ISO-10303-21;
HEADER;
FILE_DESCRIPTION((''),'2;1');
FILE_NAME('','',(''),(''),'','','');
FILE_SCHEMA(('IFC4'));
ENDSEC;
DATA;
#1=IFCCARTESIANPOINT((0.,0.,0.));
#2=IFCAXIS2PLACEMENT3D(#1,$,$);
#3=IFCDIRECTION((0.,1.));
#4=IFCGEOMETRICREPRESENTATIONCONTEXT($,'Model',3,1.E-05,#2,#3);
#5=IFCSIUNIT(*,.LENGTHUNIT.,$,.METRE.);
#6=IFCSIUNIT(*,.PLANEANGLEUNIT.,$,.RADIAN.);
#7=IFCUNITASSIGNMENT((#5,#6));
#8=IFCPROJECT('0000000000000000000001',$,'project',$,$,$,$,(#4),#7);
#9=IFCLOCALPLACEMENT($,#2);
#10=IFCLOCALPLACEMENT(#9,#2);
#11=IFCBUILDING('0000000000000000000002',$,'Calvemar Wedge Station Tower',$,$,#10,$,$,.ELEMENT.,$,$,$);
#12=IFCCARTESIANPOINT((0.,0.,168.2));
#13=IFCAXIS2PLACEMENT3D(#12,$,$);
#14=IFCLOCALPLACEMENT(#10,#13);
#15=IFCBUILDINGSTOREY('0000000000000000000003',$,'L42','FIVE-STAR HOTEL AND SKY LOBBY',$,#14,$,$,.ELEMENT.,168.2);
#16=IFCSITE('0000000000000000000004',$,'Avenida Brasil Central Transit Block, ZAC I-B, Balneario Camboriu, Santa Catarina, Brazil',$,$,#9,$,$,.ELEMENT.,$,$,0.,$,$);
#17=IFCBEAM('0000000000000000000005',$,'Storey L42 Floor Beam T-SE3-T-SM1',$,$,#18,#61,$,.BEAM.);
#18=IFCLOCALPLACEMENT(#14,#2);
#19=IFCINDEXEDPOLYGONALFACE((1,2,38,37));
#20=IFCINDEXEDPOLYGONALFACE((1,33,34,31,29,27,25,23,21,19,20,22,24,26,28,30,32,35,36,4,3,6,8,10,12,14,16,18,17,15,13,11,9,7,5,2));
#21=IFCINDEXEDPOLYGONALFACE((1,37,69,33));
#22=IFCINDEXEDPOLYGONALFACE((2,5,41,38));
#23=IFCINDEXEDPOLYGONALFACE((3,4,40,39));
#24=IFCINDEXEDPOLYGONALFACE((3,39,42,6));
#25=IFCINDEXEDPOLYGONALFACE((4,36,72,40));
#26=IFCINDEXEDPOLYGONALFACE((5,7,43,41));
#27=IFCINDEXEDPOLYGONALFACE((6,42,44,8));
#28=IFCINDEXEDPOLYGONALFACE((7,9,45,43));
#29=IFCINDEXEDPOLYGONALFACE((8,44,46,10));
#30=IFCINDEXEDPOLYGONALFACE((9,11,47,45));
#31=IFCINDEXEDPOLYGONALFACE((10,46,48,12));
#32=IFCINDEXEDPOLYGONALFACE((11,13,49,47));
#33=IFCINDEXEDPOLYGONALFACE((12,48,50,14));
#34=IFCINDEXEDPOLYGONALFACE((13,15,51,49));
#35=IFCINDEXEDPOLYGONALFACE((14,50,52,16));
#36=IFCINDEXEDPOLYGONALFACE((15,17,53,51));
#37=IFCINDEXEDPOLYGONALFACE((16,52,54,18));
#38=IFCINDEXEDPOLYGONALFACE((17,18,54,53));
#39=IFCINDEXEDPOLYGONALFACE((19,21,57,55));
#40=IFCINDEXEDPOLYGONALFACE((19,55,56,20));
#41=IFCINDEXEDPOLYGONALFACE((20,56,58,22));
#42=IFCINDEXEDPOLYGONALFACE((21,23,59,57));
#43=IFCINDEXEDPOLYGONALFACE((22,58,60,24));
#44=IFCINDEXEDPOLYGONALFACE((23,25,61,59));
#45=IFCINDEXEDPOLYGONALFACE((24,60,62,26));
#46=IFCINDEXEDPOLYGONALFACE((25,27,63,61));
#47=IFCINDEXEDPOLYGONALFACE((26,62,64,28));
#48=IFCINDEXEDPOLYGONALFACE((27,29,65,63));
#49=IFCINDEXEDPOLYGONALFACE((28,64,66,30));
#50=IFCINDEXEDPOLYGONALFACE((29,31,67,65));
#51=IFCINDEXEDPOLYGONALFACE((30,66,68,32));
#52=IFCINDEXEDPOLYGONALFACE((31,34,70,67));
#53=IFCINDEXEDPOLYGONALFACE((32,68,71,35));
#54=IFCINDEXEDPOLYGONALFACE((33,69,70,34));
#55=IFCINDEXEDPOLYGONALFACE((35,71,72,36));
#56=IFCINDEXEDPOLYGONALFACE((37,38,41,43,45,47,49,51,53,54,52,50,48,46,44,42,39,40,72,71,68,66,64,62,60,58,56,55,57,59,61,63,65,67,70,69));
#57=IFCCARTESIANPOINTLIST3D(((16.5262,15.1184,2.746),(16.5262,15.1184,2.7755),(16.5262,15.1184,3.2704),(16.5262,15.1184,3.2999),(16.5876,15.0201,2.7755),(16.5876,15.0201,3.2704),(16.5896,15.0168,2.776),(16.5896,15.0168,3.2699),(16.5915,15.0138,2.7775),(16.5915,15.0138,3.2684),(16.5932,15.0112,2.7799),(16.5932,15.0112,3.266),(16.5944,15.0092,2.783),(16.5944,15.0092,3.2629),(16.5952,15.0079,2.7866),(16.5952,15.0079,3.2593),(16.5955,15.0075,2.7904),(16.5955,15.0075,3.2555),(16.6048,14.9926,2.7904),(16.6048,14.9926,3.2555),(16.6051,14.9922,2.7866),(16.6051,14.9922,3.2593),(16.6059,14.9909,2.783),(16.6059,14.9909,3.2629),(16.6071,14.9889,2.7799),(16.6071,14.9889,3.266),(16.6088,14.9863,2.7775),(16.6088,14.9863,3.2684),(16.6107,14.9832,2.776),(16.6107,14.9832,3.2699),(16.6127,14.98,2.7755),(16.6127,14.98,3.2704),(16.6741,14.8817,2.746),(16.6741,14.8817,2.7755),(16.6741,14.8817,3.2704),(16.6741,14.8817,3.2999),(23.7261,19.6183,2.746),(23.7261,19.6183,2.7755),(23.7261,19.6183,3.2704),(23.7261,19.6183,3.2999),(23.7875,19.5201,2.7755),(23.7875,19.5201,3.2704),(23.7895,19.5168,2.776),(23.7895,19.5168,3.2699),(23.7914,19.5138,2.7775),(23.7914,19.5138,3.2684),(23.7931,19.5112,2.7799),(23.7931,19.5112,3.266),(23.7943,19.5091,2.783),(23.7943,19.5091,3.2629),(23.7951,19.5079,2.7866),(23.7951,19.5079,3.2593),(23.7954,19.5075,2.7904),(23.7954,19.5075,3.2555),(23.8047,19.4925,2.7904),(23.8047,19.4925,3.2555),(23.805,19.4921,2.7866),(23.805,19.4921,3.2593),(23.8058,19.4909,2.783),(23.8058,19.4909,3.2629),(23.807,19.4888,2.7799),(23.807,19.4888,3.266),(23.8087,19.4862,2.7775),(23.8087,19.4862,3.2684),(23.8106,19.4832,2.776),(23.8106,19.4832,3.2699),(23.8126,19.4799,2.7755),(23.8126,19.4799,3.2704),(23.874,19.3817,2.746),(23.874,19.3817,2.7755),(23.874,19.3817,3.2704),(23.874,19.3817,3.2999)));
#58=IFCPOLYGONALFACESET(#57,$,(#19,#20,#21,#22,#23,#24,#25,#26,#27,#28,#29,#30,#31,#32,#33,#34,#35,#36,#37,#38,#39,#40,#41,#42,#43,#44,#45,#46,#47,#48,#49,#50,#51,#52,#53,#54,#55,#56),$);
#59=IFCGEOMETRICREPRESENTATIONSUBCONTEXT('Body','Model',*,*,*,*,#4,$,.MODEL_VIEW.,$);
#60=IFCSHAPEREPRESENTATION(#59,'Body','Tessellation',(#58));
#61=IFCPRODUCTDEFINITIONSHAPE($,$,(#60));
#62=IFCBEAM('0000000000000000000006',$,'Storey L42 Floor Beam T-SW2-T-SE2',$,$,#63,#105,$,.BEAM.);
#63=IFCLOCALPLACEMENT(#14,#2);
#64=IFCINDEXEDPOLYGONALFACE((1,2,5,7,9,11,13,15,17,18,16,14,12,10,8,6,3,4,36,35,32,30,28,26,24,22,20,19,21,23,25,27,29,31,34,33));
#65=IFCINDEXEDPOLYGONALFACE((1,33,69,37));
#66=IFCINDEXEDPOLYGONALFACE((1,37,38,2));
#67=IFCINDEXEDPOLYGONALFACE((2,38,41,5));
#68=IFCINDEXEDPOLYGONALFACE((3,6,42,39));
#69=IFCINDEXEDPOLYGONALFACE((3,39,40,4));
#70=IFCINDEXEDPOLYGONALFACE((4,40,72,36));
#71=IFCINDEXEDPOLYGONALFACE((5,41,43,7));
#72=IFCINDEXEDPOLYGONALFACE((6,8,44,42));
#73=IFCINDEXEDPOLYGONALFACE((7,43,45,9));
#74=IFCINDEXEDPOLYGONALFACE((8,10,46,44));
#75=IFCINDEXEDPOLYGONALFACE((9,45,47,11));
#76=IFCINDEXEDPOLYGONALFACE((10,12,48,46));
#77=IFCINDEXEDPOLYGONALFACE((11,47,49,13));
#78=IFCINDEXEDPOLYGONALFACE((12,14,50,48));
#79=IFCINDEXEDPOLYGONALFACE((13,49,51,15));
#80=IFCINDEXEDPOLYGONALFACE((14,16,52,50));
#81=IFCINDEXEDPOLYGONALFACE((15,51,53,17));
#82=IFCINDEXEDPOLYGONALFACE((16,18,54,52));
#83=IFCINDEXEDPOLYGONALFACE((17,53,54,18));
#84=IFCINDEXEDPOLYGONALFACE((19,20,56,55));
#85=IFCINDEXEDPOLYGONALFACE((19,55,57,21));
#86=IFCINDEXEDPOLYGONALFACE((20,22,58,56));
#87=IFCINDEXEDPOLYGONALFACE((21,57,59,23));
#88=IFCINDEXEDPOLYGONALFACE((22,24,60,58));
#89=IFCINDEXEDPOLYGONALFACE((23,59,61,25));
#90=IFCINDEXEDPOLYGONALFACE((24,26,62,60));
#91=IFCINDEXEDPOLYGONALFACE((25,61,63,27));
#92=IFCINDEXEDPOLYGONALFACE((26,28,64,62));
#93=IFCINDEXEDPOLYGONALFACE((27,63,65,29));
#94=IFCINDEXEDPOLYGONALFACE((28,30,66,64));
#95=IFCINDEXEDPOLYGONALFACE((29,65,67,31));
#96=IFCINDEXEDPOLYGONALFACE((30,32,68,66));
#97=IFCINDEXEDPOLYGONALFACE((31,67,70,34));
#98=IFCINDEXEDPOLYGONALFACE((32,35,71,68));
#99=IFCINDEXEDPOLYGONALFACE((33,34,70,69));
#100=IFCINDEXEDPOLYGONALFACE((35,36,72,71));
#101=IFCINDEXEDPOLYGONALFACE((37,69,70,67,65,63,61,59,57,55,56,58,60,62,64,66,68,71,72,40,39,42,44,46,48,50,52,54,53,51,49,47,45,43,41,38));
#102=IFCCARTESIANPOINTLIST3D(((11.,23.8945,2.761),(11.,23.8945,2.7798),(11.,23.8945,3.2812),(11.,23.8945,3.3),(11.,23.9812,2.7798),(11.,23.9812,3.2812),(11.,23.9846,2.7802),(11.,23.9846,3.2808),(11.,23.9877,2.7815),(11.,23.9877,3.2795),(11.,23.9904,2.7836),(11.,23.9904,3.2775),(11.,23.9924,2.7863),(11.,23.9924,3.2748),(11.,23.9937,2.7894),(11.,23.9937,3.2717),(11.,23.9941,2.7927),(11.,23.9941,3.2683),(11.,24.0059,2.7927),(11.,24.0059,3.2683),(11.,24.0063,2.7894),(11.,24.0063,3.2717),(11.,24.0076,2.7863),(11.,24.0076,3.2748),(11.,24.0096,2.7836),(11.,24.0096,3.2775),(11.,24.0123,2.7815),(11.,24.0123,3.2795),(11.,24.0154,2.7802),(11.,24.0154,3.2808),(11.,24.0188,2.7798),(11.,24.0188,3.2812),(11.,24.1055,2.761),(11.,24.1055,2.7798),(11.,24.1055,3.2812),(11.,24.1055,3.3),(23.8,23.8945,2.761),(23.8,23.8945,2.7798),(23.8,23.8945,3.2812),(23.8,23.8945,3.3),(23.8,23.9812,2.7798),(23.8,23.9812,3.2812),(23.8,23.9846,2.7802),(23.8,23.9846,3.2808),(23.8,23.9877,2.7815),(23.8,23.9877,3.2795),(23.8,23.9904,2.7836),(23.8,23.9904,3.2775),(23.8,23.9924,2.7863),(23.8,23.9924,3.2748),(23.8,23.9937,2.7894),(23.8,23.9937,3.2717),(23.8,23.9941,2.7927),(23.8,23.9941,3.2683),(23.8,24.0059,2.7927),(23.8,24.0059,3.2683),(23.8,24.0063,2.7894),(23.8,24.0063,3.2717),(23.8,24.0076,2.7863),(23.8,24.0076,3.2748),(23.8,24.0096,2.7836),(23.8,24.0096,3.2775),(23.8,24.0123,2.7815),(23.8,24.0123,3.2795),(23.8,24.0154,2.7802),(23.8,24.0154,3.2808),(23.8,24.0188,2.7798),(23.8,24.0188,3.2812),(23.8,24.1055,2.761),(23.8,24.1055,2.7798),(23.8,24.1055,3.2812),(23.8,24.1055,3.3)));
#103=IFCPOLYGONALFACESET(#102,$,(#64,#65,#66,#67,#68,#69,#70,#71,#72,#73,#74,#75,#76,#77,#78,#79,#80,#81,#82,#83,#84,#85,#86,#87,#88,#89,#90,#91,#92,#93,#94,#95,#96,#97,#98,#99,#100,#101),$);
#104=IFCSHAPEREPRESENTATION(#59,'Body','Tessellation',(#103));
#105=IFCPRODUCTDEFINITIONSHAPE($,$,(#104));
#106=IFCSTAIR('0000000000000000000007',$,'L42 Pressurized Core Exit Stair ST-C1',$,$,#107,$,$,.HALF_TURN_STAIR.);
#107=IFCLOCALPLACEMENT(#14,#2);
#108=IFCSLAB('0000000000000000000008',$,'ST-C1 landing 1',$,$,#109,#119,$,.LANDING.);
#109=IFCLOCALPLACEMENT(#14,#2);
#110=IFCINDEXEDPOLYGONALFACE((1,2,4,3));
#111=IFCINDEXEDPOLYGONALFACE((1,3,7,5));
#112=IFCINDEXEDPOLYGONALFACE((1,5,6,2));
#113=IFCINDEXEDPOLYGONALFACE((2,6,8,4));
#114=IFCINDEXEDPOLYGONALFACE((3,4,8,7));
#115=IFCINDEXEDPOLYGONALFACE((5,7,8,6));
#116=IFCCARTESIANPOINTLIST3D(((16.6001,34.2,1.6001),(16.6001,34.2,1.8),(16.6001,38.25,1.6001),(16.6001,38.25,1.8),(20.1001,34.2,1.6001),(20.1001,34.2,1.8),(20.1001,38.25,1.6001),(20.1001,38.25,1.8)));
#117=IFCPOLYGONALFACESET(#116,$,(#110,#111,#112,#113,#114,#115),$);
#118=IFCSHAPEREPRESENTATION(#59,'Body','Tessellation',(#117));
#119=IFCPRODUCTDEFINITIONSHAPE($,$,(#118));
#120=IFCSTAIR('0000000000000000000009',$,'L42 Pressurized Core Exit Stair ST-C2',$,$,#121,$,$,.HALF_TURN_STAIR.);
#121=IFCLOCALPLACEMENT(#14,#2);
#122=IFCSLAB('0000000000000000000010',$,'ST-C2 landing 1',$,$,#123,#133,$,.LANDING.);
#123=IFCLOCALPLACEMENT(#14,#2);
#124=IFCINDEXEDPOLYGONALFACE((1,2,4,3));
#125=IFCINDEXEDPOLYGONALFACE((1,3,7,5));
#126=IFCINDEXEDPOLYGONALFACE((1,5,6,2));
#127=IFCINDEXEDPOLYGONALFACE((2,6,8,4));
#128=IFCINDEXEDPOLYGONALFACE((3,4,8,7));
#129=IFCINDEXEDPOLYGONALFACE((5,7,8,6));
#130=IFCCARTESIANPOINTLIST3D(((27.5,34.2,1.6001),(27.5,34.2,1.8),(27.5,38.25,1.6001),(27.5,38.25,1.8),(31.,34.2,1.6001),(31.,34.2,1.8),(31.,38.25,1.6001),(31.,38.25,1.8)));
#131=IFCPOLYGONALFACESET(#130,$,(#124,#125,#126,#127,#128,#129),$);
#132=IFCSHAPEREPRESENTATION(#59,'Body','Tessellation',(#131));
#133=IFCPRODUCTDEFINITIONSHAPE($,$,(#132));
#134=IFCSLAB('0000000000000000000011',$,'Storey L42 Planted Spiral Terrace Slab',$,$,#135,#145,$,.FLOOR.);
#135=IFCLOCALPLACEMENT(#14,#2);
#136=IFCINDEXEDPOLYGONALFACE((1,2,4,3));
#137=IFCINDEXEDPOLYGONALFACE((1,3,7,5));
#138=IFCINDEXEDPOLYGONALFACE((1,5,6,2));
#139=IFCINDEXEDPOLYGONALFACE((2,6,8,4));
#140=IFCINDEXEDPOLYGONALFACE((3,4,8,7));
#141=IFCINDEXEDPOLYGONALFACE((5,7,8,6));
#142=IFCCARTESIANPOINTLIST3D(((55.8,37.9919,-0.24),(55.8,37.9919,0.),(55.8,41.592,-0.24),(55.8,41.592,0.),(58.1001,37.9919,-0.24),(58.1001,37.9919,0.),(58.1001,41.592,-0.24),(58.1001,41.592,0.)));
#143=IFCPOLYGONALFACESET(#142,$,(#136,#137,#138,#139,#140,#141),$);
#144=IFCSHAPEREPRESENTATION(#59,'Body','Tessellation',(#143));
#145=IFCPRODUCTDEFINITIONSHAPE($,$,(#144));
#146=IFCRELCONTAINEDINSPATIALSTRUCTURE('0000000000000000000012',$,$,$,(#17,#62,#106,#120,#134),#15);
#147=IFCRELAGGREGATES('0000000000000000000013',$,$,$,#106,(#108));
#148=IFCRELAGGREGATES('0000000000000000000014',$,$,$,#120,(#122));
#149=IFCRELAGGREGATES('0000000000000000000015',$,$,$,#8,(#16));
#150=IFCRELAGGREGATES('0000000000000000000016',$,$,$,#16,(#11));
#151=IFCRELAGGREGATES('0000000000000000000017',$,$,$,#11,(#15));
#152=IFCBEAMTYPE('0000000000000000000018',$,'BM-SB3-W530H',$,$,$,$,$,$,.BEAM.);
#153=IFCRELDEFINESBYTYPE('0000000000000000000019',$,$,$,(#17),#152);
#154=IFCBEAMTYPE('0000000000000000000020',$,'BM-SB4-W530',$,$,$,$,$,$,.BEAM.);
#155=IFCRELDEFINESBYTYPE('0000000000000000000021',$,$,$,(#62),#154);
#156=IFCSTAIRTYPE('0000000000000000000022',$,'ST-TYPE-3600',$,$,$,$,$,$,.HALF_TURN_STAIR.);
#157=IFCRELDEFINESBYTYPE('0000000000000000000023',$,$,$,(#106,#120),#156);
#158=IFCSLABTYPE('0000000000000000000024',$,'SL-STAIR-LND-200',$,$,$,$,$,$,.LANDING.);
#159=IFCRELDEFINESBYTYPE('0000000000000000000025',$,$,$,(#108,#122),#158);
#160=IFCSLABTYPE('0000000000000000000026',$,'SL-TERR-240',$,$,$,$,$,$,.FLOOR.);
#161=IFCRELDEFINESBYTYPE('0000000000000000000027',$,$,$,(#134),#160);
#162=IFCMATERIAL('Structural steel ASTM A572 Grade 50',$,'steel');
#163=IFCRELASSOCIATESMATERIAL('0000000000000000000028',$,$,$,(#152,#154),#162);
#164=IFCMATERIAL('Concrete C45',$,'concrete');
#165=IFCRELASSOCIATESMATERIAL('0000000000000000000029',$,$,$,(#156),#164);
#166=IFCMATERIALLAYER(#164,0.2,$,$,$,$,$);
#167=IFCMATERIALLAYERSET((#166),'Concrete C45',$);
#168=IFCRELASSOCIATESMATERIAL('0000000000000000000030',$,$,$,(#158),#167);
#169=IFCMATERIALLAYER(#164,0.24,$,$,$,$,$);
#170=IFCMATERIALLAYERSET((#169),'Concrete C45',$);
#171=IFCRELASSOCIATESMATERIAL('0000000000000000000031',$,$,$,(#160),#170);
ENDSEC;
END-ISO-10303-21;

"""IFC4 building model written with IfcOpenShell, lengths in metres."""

from ifc_helpers import new_model, si_unit, direction, frame, origin, origin_2d, place, context, subcontext, project, spatial, polyline, i_section, outline, extrude, source, transform, mapped, material, layer, layer_set, material_profile, profile_set, type_object, element, aggregate, save


model = new_model("IFC4")

# Units and contexts
model_context = context("Model", 3, precision=1e-05, world=origin(), true_north=direction((0.0, 1.0)))
body_context = subcontext(model_context, "Body", "Model", "MODEL_VIEW")
ifc_project = project(units=[si_unit("LENGTHUNIT", "METRE"), si_unit("PLANEANGLEUNIT", "RADIAN")], contexts=[model_context])

# Site, building, storey
site_placement = place(None, origin())
site = spatial("IfcSite", under=ifc_project, at=site_placement, Name="Avenida Brasil Central Transit Block, ZAC I-B, Balneario Camboriu, Santa Catarina, Brazil", CompositionType="ELEMENT", RefElevation=0.0)
building_placement = place(site_placement, origin())
building = spatial("IfcBuilding", under=site, at=building_placement, Name="Calvemar Wedge Station Tower", CompositionType="ELEMENT")
storey_placement = place(building_placement, frame((0.0, 0.0, 168.2)))
storey = spatial("IfcBuildingStorey", under=building, at=storey_placement, Name="L42", Description="FIVE-STAR HOTEL AND SKY LOBBY", CompositionType="ELEMENT", Elevation=168.2)

# Beams
ifc_material_1 = material(Name="Structural steel ASTM A572 Grade 50", Category="steel")
ifc_material_profile_1 = material_profile(ifc_material_1, i_section(OverallWidth=0.2791, OverallDepth=0.554, WebThickness=0.0176, FlangeThickness=0.0295, FilletRadius=0.0149, at=origin_2d()), Name="W530x196")
ifc_profile_set_1 = profile_set([ifc_material_profile_1], Name="Structural steel ASTM A572 Grade 50")
beam_type_1 = type_object("IfcBeamType", Name="BM-SB3-W530H", PredefinedType="BEAM", material=ifc_profile_set_1)
shared_shape_1 = source(origin(), body_context, "Body", "SweptSolid", [
    extrude(i_section(OverallWidth=0.2791, OverallDepth=0.554, WebThickness=0.0176, FlangeThickness=0.0295, FilletRadius=0.0149, at=origin_2d()), origin(), (0.0, 0.0, 1.0), 8.4905),
])
beam_1_placement = place(storey_placement, frame((23.8, 19.5, 3.0229), z_axis=(-0.847997, -0.530002, 0.0), x_axis=(0.530002, -0.847997, 0.0)))
element("IfcBeam", 1, at=beam_1_placement, inside=storey, type_object=beam_type_1, Name="Storey L42 Floor Beam T-SE3-T-SM1", PredefinedType="BEAM", context=body_context, shape_type="MappedRepresentation", body=[
    mapped(shared_shape_1, transform((0.0, 0.0, 0.0), scale=1.0)),
])
ifc_material_profile_2 = material_profile(ifc_material_1, i_section(OverallWidth=0.2109, OverallDepth=0.5391, WebThickness=0.0117, FlangeThickness=0.0188, FilletRadius=0.0129, at=origin_2d()), Name="W530x109")
ifc_profile_set_2 = profile_set([ifc_material_profile_2], Name="Structural steel ASTM A572 Grade 50")
beam_type_2 = type_object("IfcBeamType", Name="BM-SB4-W530", PredefinedType="BEAM", material=ifc_profile_set_2)
shared_shape_2 = source(origin(), body_context, "Body", "SweptSolid", [
    extrude(i_section(OverallWidth=0.2109, OverallDepth=0.5391, WebThickness=0.0117, FlangeThickness=0.0188, FilletRadius=0.0129, at=origin_2d()), origin(), (0.0, 0.0, 1.0), 12.8),
])
beam_2_placement = place(storey_placement, frame((11.0, 24.0, 3.0305), z_axis=(1.0, 0.0, 0.0), x_axis=(0.0, 1.0, 0.0)))
element("IfcBeam", 2, at=beam_2_placement, inside=storey, type_object=beam_type_2, Name="Storey L42 Floor Beam T-SW2-T-SE2", PredefinedType="BEAM", context=body_context, shape_type="MappedRepresentation", body=[
    mapped(shared_shape_2, transform((0.0, 0.0, 0.0), scale=1.0)),
])

# Stairs, slabs
ifc_material_2 = material(Name="Concrete C45", Category="concrete")
stair_type = type_object("IfcStairType", Name="ST-TYPE-3600", PredefinedType="HALF_TURN_STAIR", material=ifc_material_2)
stair_1_placement = place(storey_placement, origin())
stair_1 = element("IfcStair", 3, at=stair_1_placement, inside=storey, type_object=stair_type, Name="L42 Pressurized Core Exit Stair ST-C1", PredefinedType="HALF_TURN_STAIR")
ifc_layer_1 = layer(ifc_material_2, 0.2)
ifc_layer_set_1 = layer_set([ifc_layer_1], Name="Concrete C45")
slab_type_1 = type_object("IfcSlabType", Name="SL-STAIR-LND-200", PredefinedType="LANDING", material=ifc_layer_set_1)
slab_1_placement = place(storey_placement, frame((0.0, 0.0, 1.6001)))
slab_1 = element("IfcSlab", 4, at=slab_1_placement, type_object=slab_type_1, Name="ST-C1 landing 1", PredefinedType="LANDING", context=body_context, shape_type="SweptSolid", body=[
    extrude(outline(polyline([(16.6001, 38.25), (16.6001, 34.2), (20.1001, 34.2), (20.1001, 38.25), (16.6001, 38.25)])), origin(), (0.0, 0.0, 1.0), 0.2),
])
aggregate(stair_1, [slab_1])
stair_2_placement = place(storey_placement, origin())
stair_2 = element("IfcStair", 5, at=stair_2_placement, inside=storey, type_object=stair_type, Name="L42 Pressurized Core Exit Stair ST-C2", PredefinedType="HALF_TURN_STAIR")
slab_2_placement = place(storey_placement, frame((0.0, 0.0, 1.6001)))
slab_2 = element("IfcSlab", 6, at=slab_2_placement, type_object=slab_type_1, Name="ST-C2 landing 1", PredefinedType="LANDING", context=body_context, shape_type="SweptSolid", body=[
    extrude(outline(polyline([(27.5, 38.25), (27.5, 34.2), (31.0, 34.2), (31.0, 38.25), (27.5, 38.25)])), origin(), (0.0, 0.0, 1.0), 0.2),
])
aggregate(stair_2, [slab_2])

# Slab
ifc_layer_2 = layer(ifc_material_2, 0.24)
ifc_layer_set_2 = layer_set([ifc_layer_2], Name="Concrete C45")
slab_type_2 = type_object("IfcSlabType", Name="SL-TERR-240", PredefinedType="FLOOR", material=ifc_layer_set_2)
slab_3_placement = place(storey_placement, frame((0.0, 0.0, -0.24)))
element("IfcSlab", 7, at=slab_3_placement, inside=storey, type_object=slab_type_2, Name="Storey L42 Planted Spiral Terrace Slab", PredefinedType="FLOOR", context=body_context, shape_type="SweptSolid", body=[
    extrude(outline(polyline([(55.8, 37.9919), (58.1001, 37.9919), (58.1001, 41.592), (55.8, 41.592), (55.8, 37.9919)])), origin(), (0.0, 0.0, 1.0), 0.24),
])

save(model, "model.ifc")
